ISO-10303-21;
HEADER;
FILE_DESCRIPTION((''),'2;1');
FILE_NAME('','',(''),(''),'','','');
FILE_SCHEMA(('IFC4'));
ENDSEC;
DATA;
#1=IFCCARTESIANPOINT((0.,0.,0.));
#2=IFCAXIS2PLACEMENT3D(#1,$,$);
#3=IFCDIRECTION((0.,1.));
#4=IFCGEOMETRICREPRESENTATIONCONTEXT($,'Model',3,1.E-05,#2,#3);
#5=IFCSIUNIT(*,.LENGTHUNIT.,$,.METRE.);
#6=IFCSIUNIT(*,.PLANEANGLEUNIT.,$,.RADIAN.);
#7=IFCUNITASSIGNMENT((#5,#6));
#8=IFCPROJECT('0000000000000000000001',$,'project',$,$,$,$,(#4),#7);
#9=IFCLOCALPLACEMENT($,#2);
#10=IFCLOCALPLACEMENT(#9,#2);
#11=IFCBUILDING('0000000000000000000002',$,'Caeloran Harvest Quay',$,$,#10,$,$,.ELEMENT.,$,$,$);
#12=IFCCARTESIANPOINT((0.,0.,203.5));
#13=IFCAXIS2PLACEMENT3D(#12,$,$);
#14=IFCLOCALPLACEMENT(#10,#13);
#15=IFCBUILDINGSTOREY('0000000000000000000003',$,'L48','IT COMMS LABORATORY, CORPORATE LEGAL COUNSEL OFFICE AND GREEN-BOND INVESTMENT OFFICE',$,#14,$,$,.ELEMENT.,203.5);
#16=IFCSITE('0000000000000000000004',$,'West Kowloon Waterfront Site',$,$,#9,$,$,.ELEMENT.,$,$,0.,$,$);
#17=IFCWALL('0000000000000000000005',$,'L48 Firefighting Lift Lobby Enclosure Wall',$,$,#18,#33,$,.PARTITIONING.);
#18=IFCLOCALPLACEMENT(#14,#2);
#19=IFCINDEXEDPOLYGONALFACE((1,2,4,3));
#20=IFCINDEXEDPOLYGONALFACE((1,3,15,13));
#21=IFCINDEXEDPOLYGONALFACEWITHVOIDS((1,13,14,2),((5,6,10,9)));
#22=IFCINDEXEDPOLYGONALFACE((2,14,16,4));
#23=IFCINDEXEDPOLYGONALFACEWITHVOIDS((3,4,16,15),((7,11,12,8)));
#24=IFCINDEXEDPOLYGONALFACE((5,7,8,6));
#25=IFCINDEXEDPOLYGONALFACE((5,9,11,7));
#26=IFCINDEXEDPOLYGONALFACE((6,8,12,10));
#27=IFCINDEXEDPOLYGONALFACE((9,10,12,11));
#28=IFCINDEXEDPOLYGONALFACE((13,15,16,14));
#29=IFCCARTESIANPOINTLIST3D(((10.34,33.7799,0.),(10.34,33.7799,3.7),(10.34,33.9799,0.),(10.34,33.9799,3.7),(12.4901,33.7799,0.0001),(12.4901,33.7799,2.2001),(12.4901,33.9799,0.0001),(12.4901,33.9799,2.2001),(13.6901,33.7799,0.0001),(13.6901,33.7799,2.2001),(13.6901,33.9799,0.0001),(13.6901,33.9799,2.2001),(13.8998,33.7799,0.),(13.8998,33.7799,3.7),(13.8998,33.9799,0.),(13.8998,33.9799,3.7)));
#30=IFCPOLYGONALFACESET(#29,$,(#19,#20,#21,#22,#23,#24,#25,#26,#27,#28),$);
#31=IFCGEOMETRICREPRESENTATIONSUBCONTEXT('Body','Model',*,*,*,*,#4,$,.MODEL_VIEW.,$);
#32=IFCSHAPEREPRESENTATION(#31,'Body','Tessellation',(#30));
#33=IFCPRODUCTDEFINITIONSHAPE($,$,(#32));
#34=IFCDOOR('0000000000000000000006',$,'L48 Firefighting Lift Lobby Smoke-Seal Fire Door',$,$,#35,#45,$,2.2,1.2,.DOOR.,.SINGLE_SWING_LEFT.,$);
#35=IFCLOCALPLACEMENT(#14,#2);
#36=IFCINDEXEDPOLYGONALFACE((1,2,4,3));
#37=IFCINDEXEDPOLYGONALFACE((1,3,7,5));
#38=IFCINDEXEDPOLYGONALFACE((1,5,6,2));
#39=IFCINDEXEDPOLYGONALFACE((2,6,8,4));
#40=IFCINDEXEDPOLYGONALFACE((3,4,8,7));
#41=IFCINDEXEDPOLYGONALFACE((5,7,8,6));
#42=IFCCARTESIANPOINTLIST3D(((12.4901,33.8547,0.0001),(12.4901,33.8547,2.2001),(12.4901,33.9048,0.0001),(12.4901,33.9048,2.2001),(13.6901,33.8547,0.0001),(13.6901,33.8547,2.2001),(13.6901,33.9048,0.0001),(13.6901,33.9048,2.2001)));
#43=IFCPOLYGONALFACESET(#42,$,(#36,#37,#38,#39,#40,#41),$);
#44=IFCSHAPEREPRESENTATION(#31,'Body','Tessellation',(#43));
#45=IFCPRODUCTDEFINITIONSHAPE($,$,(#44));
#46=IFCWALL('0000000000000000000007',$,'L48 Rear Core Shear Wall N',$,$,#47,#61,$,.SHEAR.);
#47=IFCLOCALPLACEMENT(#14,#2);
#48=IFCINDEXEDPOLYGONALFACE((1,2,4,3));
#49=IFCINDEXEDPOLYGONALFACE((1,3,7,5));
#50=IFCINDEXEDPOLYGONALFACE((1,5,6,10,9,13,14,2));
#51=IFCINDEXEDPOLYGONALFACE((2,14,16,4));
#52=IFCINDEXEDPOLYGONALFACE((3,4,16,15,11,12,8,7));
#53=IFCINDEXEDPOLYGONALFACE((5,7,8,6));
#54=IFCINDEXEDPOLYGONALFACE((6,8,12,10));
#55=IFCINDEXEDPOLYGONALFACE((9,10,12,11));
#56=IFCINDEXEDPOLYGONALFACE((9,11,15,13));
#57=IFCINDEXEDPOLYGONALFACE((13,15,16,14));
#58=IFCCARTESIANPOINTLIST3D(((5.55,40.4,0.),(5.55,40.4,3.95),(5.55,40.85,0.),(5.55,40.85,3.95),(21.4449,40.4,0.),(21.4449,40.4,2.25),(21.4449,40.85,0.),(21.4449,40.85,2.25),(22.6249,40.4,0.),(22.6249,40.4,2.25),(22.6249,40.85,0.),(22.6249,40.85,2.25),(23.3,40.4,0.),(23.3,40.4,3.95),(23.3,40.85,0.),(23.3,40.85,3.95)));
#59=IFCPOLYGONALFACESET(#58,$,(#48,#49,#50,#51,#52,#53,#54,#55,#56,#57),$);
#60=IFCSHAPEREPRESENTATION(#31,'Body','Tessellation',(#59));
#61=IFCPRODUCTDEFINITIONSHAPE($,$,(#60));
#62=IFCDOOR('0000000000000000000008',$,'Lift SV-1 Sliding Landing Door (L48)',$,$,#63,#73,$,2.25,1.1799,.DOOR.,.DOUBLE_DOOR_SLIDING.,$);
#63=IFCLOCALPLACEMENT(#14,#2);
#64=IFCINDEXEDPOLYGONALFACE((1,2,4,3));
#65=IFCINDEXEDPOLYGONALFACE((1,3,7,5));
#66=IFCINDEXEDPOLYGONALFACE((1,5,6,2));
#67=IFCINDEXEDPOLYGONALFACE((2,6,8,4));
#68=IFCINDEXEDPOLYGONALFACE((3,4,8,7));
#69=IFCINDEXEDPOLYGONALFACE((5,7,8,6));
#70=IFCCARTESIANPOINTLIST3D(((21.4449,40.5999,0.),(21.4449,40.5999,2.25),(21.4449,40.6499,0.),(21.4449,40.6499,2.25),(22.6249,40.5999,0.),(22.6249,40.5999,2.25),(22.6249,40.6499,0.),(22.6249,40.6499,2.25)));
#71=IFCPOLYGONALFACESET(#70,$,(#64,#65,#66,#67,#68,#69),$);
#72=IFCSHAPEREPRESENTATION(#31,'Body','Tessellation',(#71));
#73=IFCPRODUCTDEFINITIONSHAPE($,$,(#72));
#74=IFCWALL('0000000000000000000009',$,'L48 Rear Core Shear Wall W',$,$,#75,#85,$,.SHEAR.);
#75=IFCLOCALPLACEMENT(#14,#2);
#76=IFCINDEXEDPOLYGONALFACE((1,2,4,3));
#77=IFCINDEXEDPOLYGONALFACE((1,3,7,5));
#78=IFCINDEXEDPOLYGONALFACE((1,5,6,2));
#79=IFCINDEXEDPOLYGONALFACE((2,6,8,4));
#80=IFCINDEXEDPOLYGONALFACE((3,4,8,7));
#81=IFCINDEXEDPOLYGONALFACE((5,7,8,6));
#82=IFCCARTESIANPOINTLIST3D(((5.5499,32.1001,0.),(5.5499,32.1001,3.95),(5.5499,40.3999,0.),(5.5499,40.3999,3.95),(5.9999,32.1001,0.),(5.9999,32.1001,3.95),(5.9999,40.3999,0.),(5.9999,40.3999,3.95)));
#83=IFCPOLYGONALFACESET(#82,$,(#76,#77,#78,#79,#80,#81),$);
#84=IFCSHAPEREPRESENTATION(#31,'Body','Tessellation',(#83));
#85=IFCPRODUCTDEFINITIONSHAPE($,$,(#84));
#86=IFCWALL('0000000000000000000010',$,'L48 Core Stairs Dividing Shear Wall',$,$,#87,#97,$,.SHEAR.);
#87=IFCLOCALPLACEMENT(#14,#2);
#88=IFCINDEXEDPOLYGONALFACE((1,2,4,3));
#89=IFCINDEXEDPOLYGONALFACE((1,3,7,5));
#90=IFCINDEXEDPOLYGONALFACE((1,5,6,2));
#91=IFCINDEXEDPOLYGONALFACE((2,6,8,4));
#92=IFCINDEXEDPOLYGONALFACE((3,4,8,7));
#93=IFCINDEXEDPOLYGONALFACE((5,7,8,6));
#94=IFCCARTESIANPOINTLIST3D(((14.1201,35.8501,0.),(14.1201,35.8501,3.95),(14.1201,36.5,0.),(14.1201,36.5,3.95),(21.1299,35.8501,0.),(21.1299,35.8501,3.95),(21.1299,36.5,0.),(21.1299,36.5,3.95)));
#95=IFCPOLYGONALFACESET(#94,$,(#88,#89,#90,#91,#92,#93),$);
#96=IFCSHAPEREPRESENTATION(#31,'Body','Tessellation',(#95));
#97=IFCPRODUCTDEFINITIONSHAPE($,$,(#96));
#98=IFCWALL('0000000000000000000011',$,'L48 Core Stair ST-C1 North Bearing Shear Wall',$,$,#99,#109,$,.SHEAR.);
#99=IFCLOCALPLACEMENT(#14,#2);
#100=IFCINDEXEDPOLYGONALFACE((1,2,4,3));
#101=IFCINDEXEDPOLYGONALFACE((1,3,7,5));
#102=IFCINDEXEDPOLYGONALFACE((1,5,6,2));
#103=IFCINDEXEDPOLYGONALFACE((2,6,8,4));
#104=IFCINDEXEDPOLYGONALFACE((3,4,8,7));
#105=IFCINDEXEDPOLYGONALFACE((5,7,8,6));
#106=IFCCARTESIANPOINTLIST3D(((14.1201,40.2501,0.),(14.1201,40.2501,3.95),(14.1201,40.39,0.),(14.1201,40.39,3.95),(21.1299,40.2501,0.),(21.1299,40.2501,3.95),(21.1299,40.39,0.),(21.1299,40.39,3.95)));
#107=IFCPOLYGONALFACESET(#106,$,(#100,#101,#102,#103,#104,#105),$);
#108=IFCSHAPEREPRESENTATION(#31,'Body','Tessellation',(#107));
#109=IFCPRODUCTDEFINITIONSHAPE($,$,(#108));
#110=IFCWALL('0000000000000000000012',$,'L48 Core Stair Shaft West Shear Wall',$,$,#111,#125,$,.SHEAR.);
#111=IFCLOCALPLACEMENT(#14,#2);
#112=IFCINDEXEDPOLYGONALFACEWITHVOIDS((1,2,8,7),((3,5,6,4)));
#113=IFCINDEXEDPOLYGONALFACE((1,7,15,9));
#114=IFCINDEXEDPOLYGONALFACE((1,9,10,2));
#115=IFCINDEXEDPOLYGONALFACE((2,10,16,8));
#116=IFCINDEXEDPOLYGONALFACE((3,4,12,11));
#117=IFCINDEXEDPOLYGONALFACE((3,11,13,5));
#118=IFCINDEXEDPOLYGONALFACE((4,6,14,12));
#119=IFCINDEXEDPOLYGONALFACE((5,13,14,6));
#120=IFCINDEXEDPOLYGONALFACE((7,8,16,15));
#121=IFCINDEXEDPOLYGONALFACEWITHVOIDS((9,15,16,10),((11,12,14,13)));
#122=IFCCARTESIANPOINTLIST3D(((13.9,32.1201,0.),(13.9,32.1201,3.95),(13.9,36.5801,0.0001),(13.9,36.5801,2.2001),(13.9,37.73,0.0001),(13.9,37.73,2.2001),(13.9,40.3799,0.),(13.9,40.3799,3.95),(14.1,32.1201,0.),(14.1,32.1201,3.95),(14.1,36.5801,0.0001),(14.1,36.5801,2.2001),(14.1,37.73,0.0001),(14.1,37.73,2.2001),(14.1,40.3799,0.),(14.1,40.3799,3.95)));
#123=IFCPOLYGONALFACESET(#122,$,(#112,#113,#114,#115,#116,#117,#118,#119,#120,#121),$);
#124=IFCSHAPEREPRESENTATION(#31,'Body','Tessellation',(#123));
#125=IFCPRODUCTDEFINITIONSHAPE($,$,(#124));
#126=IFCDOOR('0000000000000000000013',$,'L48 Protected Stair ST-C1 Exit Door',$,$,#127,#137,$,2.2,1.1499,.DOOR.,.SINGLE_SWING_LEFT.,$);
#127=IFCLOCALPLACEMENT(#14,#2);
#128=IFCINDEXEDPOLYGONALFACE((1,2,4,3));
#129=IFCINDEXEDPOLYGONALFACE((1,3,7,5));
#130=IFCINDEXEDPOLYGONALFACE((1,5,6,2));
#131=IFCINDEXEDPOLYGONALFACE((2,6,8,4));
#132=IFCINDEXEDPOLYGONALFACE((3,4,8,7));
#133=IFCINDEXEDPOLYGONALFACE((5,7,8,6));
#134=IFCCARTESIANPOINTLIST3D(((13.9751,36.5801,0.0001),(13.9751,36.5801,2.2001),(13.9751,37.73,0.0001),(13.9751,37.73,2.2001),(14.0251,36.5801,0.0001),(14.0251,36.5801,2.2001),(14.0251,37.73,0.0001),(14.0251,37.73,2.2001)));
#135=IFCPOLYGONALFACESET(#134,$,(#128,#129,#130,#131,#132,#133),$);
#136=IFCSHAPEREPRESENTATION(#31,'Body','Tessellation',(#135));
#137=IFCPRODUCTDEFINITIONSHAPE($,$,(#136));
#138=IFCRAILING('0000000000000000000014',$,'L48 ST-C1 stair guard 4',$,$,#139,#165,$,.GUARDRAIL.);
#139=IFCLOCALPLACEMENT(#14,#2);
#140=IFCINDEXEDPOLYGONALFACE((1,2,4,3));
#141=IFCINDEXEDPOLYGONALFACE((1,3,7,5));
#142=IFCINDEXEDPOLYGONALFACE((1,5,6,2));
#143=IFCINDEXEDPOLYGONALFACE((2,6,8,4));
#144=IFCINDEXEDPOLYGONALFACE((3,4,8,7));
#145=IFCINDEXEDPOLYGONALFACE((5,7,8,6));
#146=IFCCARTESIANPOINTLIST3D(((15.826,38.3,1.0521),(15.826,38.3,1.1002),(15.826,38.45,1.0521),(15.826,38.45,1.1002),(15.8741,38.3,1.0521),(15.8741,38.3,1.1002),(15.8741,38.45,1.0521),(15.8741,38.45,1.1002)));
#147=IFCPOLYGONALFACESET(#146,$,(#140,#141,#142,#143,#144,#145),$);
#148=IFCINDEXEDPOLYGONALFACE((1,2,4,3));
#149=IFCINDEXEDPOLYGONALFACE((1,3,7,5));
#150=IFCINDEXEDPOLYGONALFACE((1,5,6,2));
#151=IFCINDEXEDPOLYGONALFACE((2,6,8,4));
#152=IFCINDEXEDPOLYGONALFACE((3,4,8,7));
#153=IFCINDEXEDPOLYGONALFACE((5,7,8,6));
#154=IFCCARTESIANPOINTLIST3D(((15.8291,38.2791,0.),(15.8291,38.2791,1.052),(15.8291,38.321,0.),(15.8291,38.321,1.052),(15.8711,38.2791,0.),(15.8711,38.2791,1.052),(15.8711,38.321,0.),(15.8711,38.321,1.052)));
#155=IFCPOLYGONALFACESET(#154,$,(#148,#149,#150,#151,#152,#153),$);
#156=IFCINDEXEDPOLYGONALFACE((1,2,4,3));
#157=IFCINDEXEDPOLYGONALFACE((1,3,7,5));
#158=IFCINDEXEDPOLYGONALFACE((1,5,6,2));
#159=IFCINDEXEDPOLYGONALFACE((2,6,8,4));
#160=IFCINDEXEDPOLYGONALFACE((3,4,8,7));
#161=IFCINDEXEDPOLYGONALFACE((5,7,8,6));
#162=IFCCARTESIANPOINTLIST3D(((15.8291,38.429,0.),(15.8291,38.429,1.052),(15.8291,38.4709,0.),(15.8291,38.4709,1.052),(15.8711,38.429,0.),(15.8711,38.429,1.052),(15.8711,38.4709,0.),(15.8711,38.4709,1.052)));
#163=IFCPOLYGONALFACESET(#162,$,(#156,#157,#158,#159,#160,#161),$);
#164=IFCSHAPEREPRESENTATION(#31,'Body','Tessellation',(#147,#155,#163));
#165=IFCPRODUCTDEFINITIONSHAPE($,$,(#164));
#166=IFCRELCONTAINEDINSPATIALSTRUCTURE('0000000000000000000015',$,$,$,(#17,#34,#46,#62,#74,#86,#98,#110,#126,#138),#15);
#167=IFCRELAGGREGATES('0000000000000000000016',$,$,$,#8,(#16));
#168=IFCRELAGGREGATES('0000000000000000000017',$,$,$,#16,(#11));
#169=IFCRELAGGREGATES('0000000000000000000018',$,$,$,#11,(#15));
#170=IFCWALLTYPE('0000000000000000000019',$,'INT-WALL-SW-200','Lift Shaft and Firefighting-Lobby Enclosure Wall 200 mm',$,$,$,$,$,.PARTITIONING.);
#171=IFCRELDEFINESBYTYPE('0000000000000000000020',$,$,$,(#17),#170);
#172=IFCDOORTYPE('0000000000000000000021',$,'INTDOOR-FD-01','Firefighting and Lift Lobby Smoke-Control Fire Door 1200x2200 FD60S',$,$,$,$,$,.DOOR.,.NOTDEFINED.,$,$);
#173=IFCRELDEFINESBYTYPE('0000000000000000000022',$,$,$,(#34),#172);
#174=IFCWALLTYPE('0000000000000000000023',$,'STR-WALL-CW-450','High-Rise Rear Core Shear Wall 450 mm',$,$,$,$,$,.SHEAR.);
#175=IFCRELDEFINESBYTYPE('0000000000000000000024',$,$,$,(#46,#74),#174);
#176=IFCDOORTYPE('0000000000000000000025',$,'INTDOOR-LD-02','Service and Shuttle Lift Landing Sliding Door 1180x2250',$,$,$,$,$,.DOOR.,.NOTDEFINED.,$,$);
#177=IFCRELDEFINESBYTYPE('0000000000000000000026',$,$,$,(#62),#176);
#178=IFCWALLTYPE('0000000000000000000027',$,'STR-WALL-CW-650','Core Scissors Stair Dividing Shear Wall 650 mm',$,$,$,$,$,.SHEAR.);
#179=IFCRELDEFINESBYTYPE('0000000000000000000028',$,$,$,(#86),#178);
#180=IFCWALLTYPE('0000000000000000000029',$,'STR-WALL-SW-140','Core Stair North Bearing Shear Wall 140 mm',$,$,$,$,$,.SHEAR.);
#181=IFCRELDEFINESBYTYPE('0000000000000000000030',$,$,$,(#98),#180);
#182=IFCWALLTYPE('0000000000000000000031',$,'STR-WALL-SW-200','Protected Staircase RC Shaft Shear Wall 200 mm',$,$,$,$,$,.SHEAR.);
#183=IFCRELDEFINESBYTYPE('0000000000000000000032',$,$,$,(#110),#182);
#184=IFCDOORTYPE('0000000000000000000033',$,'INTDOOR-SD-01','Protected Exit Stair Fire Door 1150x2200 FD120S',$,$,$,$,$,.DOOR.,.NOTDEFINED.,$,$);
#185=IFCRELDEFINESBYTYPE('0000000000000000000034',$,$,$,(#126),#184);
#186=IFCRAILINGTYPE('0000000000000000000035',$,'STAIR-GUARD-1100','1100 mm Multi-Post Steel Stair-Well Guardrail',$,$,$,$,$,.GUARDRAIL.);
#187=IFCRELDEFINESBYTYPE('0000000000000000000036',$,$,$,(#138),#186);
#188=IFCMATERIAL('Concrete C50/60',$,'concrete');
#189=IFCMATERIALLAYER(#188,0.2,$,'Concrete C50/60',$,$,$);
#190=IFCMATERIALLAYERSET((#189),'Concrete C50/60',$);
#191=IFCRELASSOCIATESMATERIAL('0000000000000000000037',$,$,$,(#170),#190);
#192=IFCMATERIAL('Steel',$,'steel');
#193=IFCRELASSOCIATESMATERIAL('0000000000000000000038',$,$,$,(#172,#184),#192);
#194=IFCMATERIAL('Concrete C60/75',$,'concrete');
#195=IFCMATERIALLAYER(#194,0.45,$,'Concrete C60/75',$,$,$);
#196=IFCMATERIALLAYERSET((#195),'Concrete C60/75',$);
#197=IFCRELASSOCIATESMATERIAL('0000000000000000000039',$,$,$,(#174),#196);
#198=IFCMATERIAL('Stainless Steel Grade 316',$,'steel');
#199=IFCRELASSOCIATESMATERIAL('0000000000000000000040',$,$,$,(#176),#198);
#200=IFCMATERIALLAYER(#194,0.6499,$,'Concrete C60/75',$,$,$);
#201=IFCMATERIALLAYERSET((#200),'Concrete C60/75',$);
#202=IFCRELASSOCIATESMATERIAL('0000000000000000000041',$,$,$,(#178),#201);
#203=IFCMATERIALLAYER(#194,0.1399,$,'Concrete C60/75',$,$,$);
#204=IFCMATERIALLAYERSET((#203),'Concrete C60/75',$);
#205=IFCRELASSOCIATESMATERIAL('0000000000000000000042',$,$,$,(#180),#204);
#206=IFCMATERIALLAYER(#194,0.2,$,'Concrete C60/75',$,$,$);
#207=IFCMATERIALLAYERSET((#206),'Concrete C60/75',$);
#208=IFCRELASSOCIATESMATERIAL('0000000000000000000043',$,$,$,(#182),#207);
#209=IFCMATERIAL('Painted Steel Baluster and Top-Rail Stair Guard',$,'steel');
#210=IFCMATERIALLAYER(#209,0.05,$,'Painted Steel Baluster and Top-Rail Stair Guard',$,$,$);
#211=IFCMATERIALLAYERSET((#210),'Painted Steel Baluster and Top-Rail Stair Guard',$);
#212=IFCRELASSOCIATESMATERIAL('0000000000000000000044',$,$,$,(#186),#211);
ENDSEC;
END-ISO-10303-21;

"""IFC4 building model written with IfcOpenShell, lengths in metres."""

from ifc_helpers import new_model, si_unit, direction, frame, frame_2d, origin, origin_2d, place, context, subcontext, project, spatial, rectangle, extrude, material, layer, layer_set, type_object, element, fill, save


model = new_model("IFC4")

# Units and contexts
model_context = context("Model", 3, precision=1e-05, world=origin(), true_north=direction((0.0, 1.0)))
body_context = subcontext(model_context, "Body", "Model", "MODEL_VIEW")
ifc_project = project(units=[si_unit("LENGTHUNIT", "METRE"), si_unit("PLANEANGLEUNIT", "RADIAN")], contexts=[model_context])

# Site, building, storey
site_placement = place(None, origin())
site = spatial("IfcSite", under=ifc_project, at=site_placement, Name="West Kowloon Waterfront Site", CompositionType="ELEMENT", RefElevation=0.0)
building_placement = place(site_placement, origin())
building = spatial("IfcBuilding", under=site, at=building_placement, Name="Caeloran Harvest Quay", CompositionType="ELEMENT")
storey_placement = place(building_placement, frame((0.0, 0.0, 203.5)))
storey = spatial("IfcBuildingStorey", under=building, at=storey_placement, Name="L48", Description="IT COMMS LABORATORY, CORPORATE LEGAL COUNSEL OFFICE AND GREEN-BOND INVESTMENT OFFICE", CompositionType="ELEMENT", Elevation=203.5)

# Shared definitions
ifc_material_1 = material(Name="Concrete C60/75", Category="concrete")

# Shared definitions
ifc_material_2 = material(Name="Concrete C50/60", Category="concrete")
ifc_layer_1 = layer(ifc_material_2, 0.2, Name="Concrete C50/60")
ifc_layer_set_1 = layer_set([ifc_layer_1], Name="Concrete C50/60")
wall_type_1 = type_object("IfcWallType", Name="INT-WALL-SW-200", Description="Lift Shaft and Firefighting-Lobby Enclosure Wall 200 mm", PredefinedType="PARTITIONING", material=ifc_layer_set_1)
ifc_material_3 = material(Name="Stainless Steel Grade 316", Category="steel")

# Walls, openings, doors
wall_1_placement = place(storey_placement, frame((10.3401, 33.8799, 0.0), z_axis=(0.0, 0.0, 1.0), x_axis=(1.0, 0.0, 0.0)))
wall_1 = element("IfcWall", 1, at=wall_1_placement, inside=storey, type_object=wall_type_1, Name="L48 Firefighting Lift Lobby Enclosure Wall", PredefinedType="PARTITIONING", context=body_context, shape_type="SweptSolid", body=[
    extrude(rectangle(XDim=3.5598, YDim=0.2, at=frame_2d((1.7798, 0.0))), origin(), (0.0, 0.0, 1.0), 3.7),
])
opening_1_placement = place(wall_1_placement, frame((2.1499, 0.0, 0.0)))
opening_1 = element("IfcOpeningElement", 2, at=opening_1_placement, cuts=wall_1, PredefinedType="OPENING", context=body_context, shape_type="SweptSolid", body=[
    extrude(rectangle(XDim=1.2, YDim=2.2, at=frame_2d((0.6001, 1.1001))), frame((0.0, 0.1099, 0.0), z_axis=(0.0, -1.0, 0.0), x_axis=(1.0, 0.0, 0.0)), (0.0, 0.0, 1.0), 0.22),
])
ifc_material_4 = material(Name="Steel", Category="steel")
door_type_1 = type_object("IfcDoorType", Name="INTDOOR-FD-01", Description="Firefighting and Lift Lobby Smoke-Control Fire Door 1200x2200 FD60S", OperationType="NOTDEFINED", PredefinedType="DOOR", material=ifc_material_4)
door_1_placement = place(opening_1_placement, origin())
door_1 = element("IfcDoor", 3, at=door_1_placement, inside=storey, type_object=door_type_1, Name="L48 Firefighting Lift Lobby Smoke-Seal Fire Door", OperationType="SINGLE_SWING_LEFT", OverallHeight=2.2, OverallWidth=1.2, PredefinedType="DOOR", context=body_context, shape_type="SweptSolid", body=[
    extrude(rectangle(XDim=1.2, YDim=2.2, at=frame_2d((0.6001, 1.1001))), frame((0.0, 0.0249, 0.0), z_axis=(0.0, -1.0, 0.0), x_axis=(1.0, 0.0, 0.0)), (0.0, 0.0, 1.0), 0.05),
])
fill(opening_1, door_1)
ifc_layer_2 = layer(ifc_material_1, 0.45, Name="Concrete C60/75")
ifc_layer_set_2 = layer_set([ifc_layer_2], Name="Concrete C60/75")
wall_type_2 = type_object("IfcWallType", Name="STR-WALL-CW-450", Description="High-Rise Rear Core Shear Wall 450 mm", PredefinedType="SHEAR", material=ifc_layer_set_2)
wall_2_placement = place(storey_placement, frame((5.55, 40.625, 0.0), z_axis=(0.0, 0.0, 1.0), x_axis=(1.0, 0.0, 0.0)))
wall_2 = element("IfcWall", 4, at=wall_2_placement, inside=storey, type_object=wall_type_2, Name="L48 Rear Core Shear Wall N", PredefinedType="SHEAR", context=body_context, shape_type="SweptSolid", body=[
    extrude(rectangle(XDim=17.75, YDim=0.45, at=frame_2d((8.875, 0.0))), origin(), (0.0, 0.0, 1.0), 3.95),
])
opening_2_placement = place(wall_2_placement, frame((15.895, 0.0, 0.0)))
opening_2 = element("IfcOpeningElement", 5, at=opening_2_placement, cuts=wall_2, PredefinedType="OPENING", context=body_context, shape_type="SweptSolid", body=[
    extrude(rectangle(XDim=1.1799, YDim=2.25, at=frame_2d((0.5898, 1.125))), frame((0.0, 0.2349, 0.0), z_axis=(0.0, -1.0, 0.0), x_axis=(1.0, 0.0, 0.0)), (0.0, 0.0, 1.0), 0.47),
])
door_type_2 = type_object("IfcDoorType", Name="INTDOOR-LD-02", Description="Service and Shuttle Lift Landing Sliding Door 1180x2250", OperationType="NOTDEFINED", PredefinedType="DOOR", material=ifc_material_3)
door_2_placement = place(opening_2_placement, origin())
door_2 = element("IfcDoor", 6, at=door_2_placement, inside=storey, type_object=door_type_2, Name="Lift SV-1 Sliding Landing Door (L48)", OperationType="DOUBLE_DOOR_SLIDING", OverallHeight=2.25, OverallWidth=1.1799, PredefinedType="DOOR", context=body_context, shape_type="SweptSolid", body=[
    extrude(rectangle(XDim=1.1799, YDim=2.25, at=frame_2d((0.5898, 1.125))), frame((0.0, 0.0249, 0.0), z_axis=(0.0, -1.0, 0.0), x_axis=(1.0, 0.0, 0.0)), (0.0, 0.0, 1.0), 0.05),
])
fill(opening_2, door_2)

# Walls
wall_3_placement = place(storey_placement, frame((5.7749, 32.1001, 0.0), z_axis=(0.0, 0.0, 1.0), x_axis=(0.0, 1.0, 0.0)))
element("IfcWall", 7, at=wall_3_placement, inside=storey, type_object=wall_type_2, Name="L48 Rear Core Shear Wall W", PredefinedType="SHEAR", context=body_context, shape_type="SweptSolid", body=[
    extrude(rectangle(XDim=8.2998, YDim=0.45, at=frame_2d((4.1499, 0.0))), origin(), (0.0, 0.0, 1.0), 3.95),
])
ifc_layer_3 = layer(ifc_material_1, 0.6499, Name="Concrete C60/75")
ifc_layer_set_3 = layer_set([ifc_layer_3], Name="Concrete C60/75")
wall_type_3 = type_object("IfcWallType", Name="STR-WALL-CW-650", Description="Core Scissors Stair Dividing Shear Wall 650 mm", PredefinedType="SHEAR", material=ifc_layer_set_3)
wall_4_placement = place(storey_placement, frame((14.1201, 36.175, 0.0), z_axis=(0.0, 0.0, 1.0), x_axis=(1.0, 0.0, 0.0)))
element("IfcWall", 8, at=wall_4_placement, inside=storey, type_object=wall_type_3, Name="L48 Core Stairs Dividing Shear Wall", PredefinedType="SHEAR", context=body_context, shape_type="SweptSolid", body=[
    extrude(rectangle(XDim=7.0098, YDim=0.6499, at=frame_2d((3.5049, 0.0))), origin(), (0.0, 0.0, 1.0), 3.95),
])
ifc_layer_4 = layer(ifc_material_1, 0.1399, Name="Concrete C60/75")
ifc_layer_set_4 = layer_set([ifc_layer_4], Name="Concrete C60/75")
wall_type_4 = type_object("IfcWallType", Name="STR-WALL-SW-140", Description="Core Stair North Bearing Shear Wall 140 mm", PredefinedType="SHEAR", material=ifc_layer_set_4)
wall_5_placement = place(storey_placement, frame((14.1201, 40.3201, 0.0), z_axis=(0.0, 0.0, 1.0), x_axis=(1.0, 0.0, 0.0)))
element("IfcWall", 9, at=wall_5_placement, inside=storey, type_object=wall_type_4, Name="L48 Core Stair ST-C1 North Bearing Shear Wall", PredefinedType="SHEAR", context=body_context, shape_type="SweptSolid", body=[
    extrude(rectangle(XDim=7.0098, YDim=0.1399, at=frame_2d((3.5049, 0.0))), origin(), (0.0, 0.0, 1.0), 3.95),
])

# Wall, opening, door
ifc_layer_5 = layer(ifc_material_1, 0.2, Name="Concrete C60/75")
ifc_layer_set_5 = layer_set([ifc_layer_5], Name="Concrete C60/75")
wall_type_5 = type_object("IfcWallType", Name="STR-WALL-SW-200", Description="Protected Staircase RC Shaft Shear Wall 200 mm", PredefinedType="SHEAR", material=ifc_layer_set_5)
wall_6_placement = place(storey_placement, frame((14.0, 32.1201, 0.0), z_axis=(0.0, 0.0, 1.0), x_axis=(0.0, 1.0, 0.0)))
wall_6 = element("IfcWall", 10, at=wall_6_placement, inside=storey, type_object=wall_type_5, Name="L48 Core Stair Shaft West Shear Wall", PredefinedType="SHEAR", context=body_context, shape_type="SweptSolid", body=[
    extrude(rectangle(XDim=8.2598, YDim=0.2, at=frame_2d((4.1299, 0.0))), origin(), (0.0, 0.0, 1.0), 3.95),
])
opening_3_placement = place(wall_6_placement, frame((4.46, 0.0, 0.0)))
opening_3 = element("IfcOpeningElement", 11, at=opening_3_placement, cuts=wall_6, PredefinedType="OPENING", context=body_context, shape_type="SweptSolid", body=[
    extrude(rectangle(XDim=1.1499, YDim=2.2, at=frame_2d((0.575, 1.1001))), frame((0.0, 0.1099, 0.0), z_axis=(0.0, -1.0, 0.0), x_axis=(1.0, 0.0, 0.0)), (0.0, 0.0, 1.0), 0.22),
])
door_type_3 = type_object("IfcDoorType", Name="INTDOOR-SD-01", Description="Protected Exit Stair Fire Door 1150x2200 FD120S", OperationType="NOTDEFINED", PredefinedType="DOOR", material=ifc_material_4)
door_3_placement = place(opening_3_placement, origin())
door_3 = element("IfcDoor", 12, at=door_3_placement, inside=storey, type_object=door_type_3, Name="L48 Protected Stair ST-C1 Exit Door", OperationType="SINGLE_SWING_LEFT", OverallHeight=2.2, OverallWidth=1.1499, PredefinedType="DOOR", context=body_context, shape_type="SweptSolid", body=[
    extrude(rectangle(XDim=1.1499, YDim=2.2, at=frame_2d((0.575, 1.1001))), frame((0.0, 0.0249, 0.0), z_axis=(0.0, -1.0, 0.0), x_axis=(1.0, 0.0, 0.0)), (0.0, 0.0, 1.0), 0.05),
])
fill(opening_3, door_3)

# Railing
ifc_material_5 = material(Name="Painted Steel Baluster and Top-Rail Stair Guard", Category="steel")
ifc_layer_6 = layer(ifc_material_5, 0.05, Name="Painted Steel Baluster and Top-Rail Stair Guard")
ifc_layer_set_6 = layer_set([ifc_layer_6], Name="Painted Steel Baluster and Top-Rail Stair Guard")
railing_type = type_object("IfcRailingType", Name="STAIR-GUARD-1100", Description="1100 mm Multi-Post Steel Stair-Well Guardrail", PredefinedType="GUARDRAIL", material=ifc_layer_set_6)
railing_1_placement = place(storey_placement, frame((15.8501, 38.3, 0.0)))
element("IfcRailing", 13, at=railing_1_placement, inside=storey, type_object=railing_type, Name="L48 ST-C1 stair guard 4", PredefinedType="GUARDRAIL", context=body_context, shape_type="SweptSolid", body=[
    extrude(rectangle(XDim=0.0481, YDim=0.0481, at=origin_2d()), frame((0.0, 0.0, 1.0762), z_axis=(0.0, 1.0, 0.0), x_axis=(-1.0, 0.0, 0.0)), (0.0, 0.0, 1.0), 0.1499),
    extrude(rectangle(XDim=0.042, YDim=0.042, at=origin_2d()), origin(), (0.0, 0.0, 1.0), 1.052),
    extrude(rectangle(XDim=0.042, YDim=0.042, at=origin_2d()), frame((0.0, 0.1499, 0.0)), (0.0, 0.0, 1.0), 1.052),
])

save(model, "model.ifc")
